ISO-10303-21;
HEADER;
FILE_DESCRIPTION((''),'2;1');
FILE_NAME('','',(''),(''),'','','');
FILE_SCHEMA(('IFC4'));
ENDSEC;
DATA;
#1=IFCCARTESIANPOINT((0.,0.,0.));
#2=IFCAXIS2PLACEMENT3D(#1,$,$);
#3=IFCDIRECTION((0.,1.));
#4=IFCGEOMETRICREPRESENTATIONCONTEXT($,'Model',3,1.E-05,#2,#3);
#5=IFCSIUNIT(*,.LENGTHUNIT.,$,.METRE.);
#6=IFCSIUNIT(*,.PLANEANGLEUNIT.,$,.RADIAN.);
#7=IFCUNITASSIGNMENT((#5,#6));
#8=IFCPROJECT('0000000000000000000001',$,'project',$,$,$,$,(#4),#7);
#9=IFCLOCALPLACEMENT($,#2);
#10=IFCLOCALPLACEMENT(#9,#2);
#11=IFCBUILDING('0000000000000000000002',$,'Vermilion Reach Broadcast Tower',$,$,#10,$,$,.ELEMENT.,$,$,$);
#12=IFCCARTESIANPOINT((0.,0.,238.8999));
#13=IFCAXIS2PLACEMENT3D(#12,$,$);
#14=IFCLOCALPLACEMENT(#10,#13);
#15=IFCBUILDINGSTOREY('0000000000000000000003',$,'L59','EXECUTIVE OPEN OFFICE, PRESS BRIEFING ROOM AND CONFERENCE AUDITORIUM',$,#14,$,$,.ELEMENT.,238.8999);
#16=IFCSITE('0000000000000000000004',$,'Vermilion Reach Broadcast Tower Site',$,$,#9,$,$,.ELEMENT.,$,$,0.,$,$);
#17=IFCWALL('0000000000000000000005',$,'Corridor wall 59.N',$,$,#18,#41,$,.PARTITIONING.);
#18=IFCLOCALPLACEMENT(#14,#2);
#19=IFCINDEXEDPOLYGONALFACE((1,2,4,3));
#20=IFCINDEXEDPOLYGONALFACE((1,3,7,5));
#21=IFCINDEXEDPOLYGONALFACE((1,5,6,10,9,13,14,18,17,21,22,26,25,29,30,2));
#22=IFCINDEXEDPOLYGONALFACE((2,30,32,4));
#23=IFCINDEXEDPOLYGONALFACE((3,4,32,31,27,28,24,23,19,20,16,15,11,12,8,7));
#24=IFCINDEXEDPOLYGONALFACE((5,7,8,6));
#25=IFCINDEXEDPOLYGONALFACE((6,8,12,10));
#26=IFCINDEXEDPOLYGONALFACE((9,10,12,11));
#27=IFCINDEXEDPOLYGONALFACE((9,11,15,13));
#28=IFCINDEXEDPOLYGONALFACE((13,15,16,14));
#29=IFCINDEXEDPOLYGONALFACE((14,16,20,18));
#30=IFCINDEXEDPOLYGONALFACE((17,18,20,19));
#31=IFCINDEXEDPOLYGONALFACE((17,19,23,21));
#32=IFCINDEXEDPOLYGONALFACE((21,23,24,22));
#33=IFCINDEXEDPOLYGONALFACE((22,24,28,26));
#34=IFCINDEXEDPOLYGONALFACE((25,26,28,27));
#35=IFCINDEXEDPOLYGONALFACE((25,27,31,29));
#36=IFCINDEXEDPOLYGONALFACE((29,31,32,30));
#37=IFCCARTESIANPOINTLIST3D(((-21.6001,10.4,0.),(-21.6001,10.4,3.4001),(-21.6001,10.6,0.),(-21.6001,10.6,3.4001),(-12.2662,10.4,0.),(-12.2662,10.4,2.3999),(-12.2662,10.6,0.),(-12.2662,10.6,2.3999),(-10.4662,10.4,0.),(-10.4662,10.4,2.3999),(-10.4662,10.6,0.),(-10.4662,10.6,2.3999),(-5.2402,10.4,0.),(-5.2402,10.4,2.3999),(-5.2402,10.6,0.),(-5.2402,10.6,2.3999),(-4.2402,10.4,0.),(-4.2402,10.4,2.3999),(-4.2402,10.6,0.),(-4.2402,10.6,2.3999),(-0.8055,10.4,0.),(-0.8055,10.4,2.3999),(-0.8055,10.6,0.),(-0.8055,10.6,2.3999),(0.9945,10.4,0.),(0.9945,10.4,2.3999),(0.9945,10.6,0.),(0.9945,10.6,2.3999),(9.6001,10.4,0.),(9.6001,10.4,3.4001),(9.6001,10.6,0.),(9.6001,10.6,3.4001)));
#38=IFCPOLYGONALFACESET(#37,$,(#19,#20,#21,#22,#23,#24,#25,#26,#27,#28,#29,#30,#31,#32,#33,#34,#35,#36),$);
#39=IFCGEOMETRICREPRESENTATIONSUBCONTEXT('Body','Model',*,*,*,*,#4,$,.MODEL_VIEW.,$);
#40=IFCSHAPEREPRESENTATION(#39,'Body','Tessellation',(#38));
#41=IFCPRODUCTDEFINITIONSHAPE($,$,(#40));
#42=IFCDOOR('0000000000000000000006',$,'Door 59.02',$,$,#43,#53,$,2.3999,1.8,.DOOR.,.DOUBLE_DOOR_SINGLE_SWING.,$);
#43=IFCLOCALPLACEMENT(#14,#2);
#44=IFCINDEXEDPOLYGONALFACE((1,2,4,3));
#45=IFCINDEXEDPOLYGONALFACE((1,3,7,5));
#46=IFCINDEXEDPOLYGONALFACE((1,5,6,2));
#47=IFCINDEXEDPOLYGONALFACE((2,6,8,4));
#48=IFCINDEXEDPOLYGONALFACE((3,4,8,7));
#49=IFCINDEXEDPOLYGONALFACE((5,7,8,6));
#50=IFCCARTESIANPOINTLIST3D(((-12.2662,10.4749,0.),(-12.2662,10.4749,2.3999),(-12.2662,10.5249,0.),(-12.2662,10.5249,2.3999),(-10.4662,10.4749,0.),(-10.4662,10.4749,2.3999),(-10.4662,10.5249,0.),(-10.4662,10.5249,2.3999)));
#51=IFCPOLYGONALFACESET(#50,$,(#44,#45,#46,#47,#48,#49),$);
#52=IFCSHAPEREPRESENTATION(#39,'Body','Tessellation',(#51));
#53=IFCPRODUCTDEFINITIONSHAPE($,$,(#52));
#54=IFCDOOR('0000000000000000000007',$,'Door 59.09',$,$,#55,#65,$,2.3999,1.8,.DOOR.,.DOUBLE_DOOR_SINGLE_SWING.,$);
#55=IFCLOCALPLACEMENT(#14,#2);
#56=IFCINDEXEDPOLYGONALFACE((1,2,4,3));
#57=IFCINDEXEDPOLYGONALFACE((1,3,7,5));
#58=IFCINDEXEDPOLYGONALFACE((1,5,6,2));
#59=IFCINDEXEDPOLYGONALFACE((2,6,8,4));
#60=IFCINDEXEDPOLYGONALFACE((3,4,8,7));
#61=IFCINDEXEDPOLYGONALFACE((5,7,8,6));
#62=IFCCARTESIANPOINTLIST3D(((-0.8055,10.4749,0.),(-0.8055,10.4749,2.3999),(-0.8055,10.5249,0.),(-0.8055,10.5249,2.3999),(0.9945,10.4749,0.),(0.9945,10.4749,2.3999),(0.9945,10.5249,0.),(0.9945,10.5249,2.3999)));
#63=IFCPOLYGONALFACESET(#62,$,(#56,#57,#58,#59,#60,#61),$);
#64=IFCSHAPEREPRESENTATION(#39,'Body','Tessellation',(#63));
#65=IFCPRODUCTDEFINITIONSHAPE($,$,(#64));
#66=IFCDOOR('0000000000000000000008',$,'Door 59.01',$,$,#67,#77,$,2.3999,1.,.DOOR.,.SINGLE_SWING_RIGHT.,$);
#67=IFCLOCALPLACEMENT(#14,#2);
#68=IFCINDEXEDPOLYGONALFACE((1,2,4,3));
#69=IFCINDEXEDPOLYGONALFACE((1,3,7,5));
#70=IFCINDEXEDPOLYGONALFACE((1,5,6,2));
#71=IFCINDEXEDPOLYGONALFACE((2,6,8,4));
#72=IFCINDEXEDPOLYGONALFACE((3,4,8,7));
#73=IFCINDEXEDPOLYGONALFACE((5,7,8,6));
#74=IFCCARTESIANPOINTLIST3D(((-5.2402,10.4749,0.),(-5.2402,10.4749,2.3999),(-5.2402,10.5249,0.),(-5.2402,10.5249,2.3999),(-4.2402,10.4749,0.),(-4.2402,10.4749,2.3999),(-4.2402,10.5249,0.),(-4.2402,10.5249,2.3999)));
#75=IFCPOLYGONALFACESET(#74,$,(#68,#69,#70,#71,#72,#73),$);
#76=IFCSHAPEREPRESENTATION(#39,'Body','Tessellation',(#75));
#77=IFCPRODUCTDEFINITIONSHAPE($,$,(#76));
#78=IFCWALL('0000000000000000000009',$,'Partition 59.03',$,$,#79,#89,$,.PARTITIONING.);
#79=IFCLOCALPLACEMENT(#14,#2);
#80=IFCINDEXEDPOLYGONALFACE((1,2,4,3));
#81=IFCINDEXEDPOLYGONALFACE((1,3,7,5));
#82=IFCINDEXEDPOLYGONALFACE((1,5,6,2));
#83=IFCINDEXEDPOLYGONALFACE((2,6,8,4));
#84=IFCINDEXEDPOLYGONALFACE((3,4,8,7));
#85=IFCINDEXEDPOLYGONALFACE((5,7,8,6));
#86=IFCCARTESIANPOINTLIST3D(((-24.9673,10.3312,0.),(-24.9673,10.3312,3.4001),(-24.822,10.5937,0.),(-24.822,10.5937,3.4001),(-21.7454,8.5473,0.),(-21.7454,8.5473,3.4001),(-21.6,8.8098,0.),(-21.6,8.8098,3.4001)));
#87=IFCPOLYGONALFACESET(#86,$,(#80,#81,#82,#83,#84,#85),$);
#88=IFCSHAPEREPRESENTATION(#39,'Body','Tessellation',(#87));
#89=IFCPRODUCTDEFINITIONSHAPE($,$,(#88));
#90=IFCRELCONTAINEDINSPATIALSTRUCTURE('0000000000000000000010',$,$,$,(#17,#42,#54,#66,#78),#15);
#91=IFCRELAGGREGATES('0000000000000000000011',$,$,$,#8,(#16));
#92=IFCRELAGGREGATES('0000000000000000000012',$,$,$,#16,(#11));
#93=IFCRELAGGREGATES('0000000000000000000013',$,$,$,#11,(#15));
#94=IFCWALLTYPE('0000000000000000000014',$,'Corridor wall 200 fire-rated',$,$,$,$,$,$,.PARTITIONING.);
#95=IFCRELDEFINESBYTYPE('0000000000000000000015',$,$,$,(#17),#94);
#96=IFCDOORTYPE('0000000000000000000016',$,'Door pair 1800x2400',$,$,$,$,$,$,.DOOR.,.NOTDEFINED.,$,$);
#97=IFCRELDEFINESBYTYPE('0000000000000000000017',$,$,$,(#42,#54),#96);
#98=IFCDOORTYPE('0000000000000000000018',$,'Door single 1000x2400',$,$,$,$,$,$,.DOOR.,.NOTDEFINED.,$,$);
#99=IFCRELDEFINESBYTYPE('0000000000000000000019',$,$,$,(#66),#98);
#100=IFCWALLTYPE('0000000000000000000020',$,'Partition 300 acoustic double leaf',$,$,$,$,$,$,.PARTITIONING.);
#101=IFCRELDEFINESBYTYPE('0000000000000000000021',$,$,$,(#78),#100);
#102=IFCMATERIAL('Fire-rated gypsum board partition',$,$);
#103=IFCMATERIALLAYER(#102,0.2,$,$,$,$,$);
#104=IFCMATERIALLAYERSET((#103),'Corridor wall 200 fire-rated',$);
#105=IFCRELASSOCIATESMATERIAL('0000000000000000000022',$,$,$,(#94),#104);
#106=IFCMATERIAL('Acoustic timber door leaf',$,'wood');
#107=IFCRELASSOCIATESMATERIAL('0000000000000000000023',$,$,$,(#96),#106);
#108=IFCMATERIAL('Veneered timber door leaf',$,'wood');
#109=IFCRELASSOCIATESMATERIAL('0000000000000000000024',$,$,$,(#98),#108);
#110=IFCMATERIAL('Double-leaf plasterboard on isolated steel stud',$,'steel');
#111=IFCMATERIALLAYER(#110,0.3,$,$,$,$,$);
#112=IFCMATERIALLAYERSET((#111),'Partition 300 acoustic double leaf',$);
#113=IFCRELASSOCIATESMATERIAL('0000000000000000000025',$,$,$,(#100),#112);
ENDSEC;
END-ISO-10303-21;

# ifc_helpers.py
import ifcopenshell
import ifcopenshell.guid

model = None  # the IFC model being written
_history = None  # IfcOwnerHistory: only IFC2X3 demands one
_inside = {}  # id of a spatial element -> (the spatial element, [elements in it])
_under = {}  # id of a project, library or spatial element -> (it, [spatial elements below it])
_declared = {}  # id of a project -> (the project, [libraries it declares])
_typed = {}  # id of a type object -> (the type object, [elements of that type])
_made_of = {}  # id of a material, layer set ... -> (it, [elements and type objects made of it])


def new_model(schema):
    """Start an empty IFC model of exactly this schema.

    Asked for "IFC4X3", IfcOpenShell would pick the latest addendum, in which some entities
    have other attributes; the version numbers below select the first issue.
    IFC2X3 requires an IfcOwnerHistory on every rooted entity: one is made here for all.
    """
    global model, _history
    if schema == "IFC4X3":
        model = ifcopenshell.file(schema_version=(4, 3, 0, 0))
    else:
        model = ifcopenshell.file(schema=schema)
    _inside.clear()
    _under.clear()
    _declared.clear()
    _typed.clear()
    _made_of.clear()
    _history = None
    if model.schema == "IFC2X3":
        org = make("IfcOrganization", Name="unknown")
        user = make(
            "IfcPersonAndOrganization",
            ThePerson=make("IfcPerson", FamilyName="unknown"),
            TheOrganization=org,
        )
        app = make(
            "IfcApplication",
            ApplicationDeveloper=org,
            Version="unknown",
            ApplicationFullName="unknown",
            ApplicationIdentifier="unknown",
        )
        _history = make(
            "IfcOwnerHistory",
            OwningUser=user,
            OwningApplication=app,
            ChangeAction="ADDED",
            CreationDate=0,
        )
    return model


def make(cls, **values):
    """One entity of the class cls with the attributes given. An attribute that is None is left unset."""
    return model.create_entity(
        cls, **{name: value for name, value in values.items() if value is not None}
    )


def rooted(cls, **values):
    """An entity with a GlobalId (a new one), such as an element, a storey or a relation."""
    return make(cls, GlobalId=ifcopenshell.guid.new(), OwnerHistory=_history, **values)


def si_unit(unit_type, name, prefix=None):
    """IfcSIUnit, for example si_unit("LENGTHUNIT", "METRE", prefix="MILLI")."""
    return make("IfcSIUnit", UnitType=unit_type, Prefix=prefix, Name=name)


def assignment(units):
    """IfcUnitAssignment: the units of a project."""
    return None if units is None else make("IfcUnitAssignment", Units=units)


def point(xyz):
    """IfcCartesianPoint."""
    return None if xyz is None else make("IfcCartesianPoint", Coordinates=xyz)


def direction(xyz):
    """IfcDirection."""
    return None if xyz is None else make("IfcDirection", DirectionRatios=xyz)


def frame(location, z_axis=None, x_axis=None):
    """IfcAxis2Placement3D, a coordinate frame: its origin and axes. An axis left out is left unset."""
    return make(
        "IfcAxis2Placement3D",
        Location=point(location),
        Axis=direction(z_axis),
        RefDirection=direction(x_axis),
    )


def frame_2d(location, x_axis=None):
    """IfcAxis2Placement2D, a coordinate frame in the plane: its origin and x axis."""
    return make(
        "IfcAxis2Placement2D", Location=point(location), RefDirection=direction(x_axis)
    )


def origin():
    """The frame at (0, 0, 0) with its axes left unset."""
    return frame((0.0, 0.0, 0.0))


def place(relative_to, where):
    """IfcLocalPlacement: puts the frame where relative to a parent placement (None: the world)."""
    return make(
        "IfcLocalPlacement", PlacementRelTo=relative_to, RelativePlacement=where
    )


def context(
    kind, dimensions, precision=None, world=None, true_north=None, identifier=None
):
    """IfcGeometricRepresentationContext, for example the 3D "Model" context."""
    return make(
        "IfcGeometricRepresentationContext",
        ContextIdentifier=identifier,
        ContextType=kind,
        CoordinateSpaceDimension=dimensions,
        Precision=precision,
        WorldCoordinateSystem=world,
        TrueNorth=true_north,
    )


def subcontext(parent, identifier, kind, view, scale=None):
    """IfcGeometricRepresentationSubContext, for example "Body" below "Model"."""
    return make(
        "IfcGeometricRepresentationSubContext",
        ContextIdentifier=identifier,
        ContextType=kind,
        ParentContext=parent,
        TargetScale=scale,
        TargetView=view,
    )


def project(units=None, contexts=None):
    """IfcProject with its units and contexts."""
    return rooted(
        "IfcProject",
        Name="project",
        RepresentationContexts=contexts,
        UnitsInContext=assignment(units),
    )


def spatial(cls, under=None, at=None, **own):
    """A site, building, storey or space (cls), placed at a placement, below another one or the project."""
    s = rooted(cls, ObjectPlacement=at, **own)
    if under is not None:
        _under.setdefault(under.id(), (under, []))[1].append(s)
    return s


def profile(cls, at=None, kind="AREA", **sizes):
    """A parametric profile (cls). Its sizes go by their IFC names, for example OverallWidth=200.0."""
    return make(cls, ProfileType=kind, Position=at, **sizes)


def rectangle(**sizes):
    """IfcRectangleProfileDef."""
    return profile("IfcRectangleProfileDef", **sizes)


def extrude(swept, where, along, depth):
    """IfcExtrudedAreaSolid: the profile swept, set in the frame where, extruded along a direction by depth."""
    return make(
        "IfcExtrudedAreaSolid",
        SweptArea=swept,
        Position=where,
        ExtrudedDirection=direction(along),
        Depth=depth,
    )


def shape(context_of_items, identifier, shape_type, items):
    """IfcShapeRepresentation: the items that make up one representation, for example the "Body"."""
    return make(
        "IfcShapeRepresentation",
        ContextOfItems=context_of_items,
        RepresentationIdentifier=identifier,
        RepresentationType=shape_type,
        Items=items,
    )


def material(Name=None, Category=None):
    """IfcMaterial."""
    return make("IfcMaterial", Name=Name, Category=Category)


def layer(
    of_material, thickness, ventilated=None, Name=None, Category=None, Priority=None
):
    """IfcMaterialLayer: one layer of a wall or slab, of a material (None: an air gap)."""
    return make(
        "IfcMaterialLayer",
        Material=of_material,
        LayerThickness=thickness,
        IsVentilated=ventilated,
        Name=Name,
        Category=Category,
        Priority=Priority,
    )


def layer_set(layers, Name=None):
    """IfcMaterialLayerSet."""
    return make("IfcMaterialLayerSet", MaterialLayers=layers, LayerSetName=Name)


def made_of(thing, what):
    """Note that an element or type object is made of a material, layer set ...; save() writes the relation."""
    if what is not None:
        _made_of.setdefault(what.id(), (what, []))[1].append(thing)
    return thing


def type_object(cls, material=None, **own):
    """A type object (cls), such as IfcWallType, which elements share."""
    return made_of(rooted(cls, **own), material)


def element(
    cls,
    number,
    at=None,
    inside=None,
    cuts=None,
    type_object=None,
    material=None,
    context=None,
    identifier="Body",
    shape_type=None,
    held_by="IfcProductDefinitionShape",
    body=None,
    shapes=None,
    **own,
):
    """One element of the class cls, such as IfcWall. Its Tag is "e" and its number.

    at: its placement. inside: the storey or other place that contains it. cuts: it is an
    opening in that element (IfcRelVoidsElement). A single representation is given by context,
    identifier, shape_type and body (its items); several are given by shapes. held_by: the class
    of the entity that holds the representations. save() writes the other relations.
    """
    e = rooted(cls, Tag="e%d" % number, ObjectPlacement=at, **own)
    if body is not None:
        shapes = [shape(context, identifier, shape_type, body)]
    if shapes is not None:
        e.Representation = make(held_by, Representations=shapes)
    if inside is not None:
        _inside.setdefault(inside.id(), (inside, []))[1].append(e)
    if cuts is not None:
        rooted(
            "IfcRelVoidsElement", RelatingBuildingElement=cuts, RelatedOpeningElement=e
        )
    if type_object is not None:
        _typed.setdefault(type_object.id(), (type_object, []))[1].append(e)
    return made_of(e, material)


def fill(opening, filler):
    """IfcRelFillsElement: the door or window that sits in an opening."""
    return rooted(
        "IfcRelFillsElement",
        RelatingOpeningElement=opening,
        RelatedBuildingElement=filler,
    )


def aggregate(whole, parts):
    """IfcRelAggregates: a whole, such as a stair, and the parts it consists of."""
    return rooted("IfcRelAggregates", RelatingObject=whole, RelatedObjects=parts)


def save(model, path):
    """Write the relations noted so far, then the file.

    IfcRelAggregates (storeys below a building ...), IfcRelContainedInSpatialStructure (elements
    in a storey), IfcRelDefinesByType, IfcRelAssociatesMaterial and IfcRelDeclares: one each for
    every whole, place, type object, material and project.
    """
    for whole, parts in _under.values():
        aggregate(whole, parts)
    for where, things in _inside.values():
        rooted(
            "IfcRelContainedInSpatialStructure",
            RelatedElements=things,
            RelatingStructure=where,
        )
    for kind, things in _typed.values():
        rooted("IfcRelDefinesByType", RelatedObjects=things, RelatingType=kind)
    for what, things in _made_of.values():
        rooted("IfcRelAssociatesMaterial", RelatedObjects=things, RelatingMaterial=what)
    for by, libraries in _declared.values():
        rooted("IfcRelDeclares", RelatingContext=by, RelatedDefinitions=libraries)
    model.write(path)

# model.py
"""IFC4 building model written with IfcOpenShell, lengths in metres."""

from ifc_helpers import new_model, si_unit, direction, frame, frame_2d, origin, place, context, subcontext, project, spatial, rectangle, extrude, material, layer, layer_set, type_object, element, fill, save


model = new_model("IFC4")

# Units and contexts
model_context = context("Model", 3, precision=1e-05, world=origin(), true_north=direction((0.0, 1.0)))
body_context = subcontext(model_context, "Body", "Model", "MODEL_VIEW")
ifc_project = project(units=[si_unit("LENGTHUNIT", "METRE"), si_unit("PLANEANGLEUNIT", "RADIAN")], contexts=[model_context])

# Site, building, storey
site_placement = place(None, origin())
site = spatial("IfcSite", under=ifc_project, at=site_placement, Name="Vermilion Reach Broadcast Tower Site", CompositionType="ELEMENT", RefElevation=0.0)
building_placement = place(site_placement, origin())
building = spatial("IfcBuilding", under=site, at=building_placement, Name="Vermilion Reach Broadcast Tower", CompositionType="ELEMENT")
storey_placement = place(building_placement, frame((0.0, 0.0, 238.8999)))
storey = spatial("IfcBuildingStorey", under=building, at=storey_placement, Name="L59", Description="EXECUTIVE OPEN OFFICE, PRESS BRIEFING ROOM AND CONFERENCE AUDITORIUM", CompositionType="ELEMENT", Elevation=238.8999)

# Wall, openings, doors
ifc_material_1 = material(Name="Fire-rated gypsum board partition")
ifc_layer_1 = layer(ifc_material_1, 0.2)
ifc_layer_set_1 = layer_set([ifc_layer_1], Name="Corridor wall 200 fire-rated")
wall_type_1 = type_object("IfcWallType", Name="Corridor wall 200 fire-rated", PredefinedType="PARTITIONING", material=ifc_layer_set_1)
wall_1_placement = place(storey_placement, frame((-21.6001, 10.5, 0.0), z_axis=(0.0, 0.0, 1.0), x_axis=(1.0, 0.0, 0.0)))
wall_1 = element("IfcWall", 1, at=wall_1_placement, inside=storey, type_object=wall_type_1, Name="Corridor wall 59.N", PredefinedType="PARTITIONING", context=body_context, shape_type="SweptSolid", body=[
    extrude(rectangle(XDim=31.2002, YDim=0.2, at=frame_2d((15.6001, 0.0))), origin(), (0.0, 0.0, 1.0), 3.4001),
])
opening_1_placement = place(wall_1_placement, frame((16.3599, 0.0, 0.0)))
opening_1 = element("IfcOpeningElement", 2, at=opening_1_placement, cuts=wall_1, PredefinedType="OPENING", context=body_context, shape_type="SweptSolid", body=[
    extrude(rectangle(XDim=1.0, YDim=2.3999, at=frame_2d((0.5, 1.2))), frame((0.0, 0.1099, 0.0), z_axis=(0.0, -1.0, 0.0), x_axis=(1.0, 0.0, 0.0)), (0.0, 0.0, 1.0), 0.22),
])
opening_2_placement = place(wall_1_placement, frame((9.334, 0.0, 0.0)))
opening_2 = element("IfcOpeningElement", 3, at=opening_2_placement, cuts=wall_1, PredefinedType="OPENING", context=body_context, shape_type="SweptSolid", body=[
    extrude(rectangle(XDim=1.8, YDim=2.3999, at=frame_2d((0.8999, 1.2))), frame((0.0, 0.1099, 0.0), z_axis=(0.0, -1.0, 0.0), x_axis=(1.0, 0.0, 0.0)), (0.0, 0.0, 1.0), 0.22),
])
opening_3_placement = place(wall_1_placement, frame((20.7947, 0.0, 0.0)))
opening_3 = element("IfcOpeningElement", 4, at=opening_3_placement, cuts=wall_1, PredefinedType="OPENING", context=body_context, shape_type="SweptSolid", body=[
    extrude(rectangle(XDim=1.8, YDim=2.3999, at=frame_2d((0.8999, 1.2))), frame((0.0, 0.1099, 0.0), z_axis=(0.0, -1.0, 0.0), x_axis=(1.0, 0.0, 0.0)), (0.0, 0.0, 1.0), 0.22),
])
ifc_material_2 = material(Name="Acoustic timber door leaf", Category="wood")
door_type_1 = type_object("IfcDoorType", Name="Door pair 1800x2400", OperationType="NOTDEFINED", PredefinedType="DOOR", material=ifc_material_2)
door_1_placement = place(opening_2_placement, origin())
door_1 = element("IfcDoor", 5, at=door_1_placement, inside=storey, type_object=door_type_1, Name="Door 59.02", OperationType="DOUBLE_DOOR_SINGLE_SWING", OverallHeight=2.3999, OverallWidth=1.8, PredefinedType="DOOR", context=body_context, shape_type="SweptSolid", body=[
    extrude(rectangle(XDim=1.8, YDim=2.3999, at=frame_2d((0.8999, 1.2))), frame((0.0, 0.0249, 0.0), z_axis=(0.0, -1.0, 0.0), x_axis=(1.0, 0.0, 0.0)), (0.0, 0.0, 1.0), 0.05),
])
fill(opening_2, door_1)
door_2_placement = place(opening_3_placement, origin())
door_2 = element("IfcDoor", 6, at=door_2_placement, inside=storey, type_object=door_type_1, Name="Door 59.09", OperationType="DOUBLE_DOOR_SINGLE_SWING", OverallHeight=2.3999, OverallWidth=1.8, PredefinedType="DOOR", context=body_context, shape_type="SweptSolid", body=[
    extrude(rectangle(XDim=1.8, YDim=2.3999, at=frame_2d((0.8999, 1.2))), frame((0.0, 0.0249, 0.0), z_axis=(0.0, -1.0, 0.0), x_axis=(1.0, 0.0, 0.0)), (0.0, 0.0, 1.0), 0.05),
])
fill(opening_3, door_2)
ifc_material_3 = material(Name="Veneered timber door leaf", Category="wood")
door_type_2 = type_object("IfcDoorType", Name="Door single 1000x2400", OperationType="NOTDEFINED", PredefinedType="DOOR", material=ifc_material_3)
door_3_placement = place(opening_1_placement, origin())
door_3 = element("IfcDoor", 7, at=door_3_placement, inside=storey, type_object=door_type_2, Name="Door 59.01", OperationType="SINGLE_SWING_RIGHT", OverallHeight=2.3999, OverallWidth=1.0, PredefinedType="DOOR", context=body_context, shape_type="SweptSolid", body=[
    extrude(rectangle(XDim=1.0, YDim=2.3999, at=frame_2d((0.5, 1.2))), frame((0.0, 0.0249, 0.0), z_axis=(0.0, -1.0, 0.0), x_axis=(1.0, 0.0, 0.0)), (0.0, 0.0, 1.0), 0.05),
])
fill(opening_1, door_3)

# Wall
ifc_material_4 = material(Name="Double-leaf plasterboard on isolated steel stud", Category="steel")
ifc_layer_2 = layer(ifc_material_4, 0.3)
ifc_layer_set_2 = layer_set([ifc_layer_2], Name="Partition 300 acoustic double leaf")
wall_type_2 = type_object("IfcWallType", Name="Partition 300 acoustic double leaf", PredefinedType="PARTITIONING", material=ifc_layer_set_2)
wall_2_placement = place(storey_placement, frame((-24.8945, 10.4624, 0.0), z_axis=(0.0, 0.0, 1.0), x_axis=(0.874851, -0.484393, 0.0)))
element("IfcWall", 8, at=wall_2_placement, inside=storey, type_object=wall_type_2, Name="Partition 59.03", PredefinedType="PARTITIONING", context=body_context, shape_type="SweptSolid", body=[
    extrude(rectangle(XDim=3.6829, YDim=0.3, at=frame_2d((1.8413, 0.0))), origin(), (0.0, 0.0, 1.0), 3.4001),
])

save(model, "model.ifc")
